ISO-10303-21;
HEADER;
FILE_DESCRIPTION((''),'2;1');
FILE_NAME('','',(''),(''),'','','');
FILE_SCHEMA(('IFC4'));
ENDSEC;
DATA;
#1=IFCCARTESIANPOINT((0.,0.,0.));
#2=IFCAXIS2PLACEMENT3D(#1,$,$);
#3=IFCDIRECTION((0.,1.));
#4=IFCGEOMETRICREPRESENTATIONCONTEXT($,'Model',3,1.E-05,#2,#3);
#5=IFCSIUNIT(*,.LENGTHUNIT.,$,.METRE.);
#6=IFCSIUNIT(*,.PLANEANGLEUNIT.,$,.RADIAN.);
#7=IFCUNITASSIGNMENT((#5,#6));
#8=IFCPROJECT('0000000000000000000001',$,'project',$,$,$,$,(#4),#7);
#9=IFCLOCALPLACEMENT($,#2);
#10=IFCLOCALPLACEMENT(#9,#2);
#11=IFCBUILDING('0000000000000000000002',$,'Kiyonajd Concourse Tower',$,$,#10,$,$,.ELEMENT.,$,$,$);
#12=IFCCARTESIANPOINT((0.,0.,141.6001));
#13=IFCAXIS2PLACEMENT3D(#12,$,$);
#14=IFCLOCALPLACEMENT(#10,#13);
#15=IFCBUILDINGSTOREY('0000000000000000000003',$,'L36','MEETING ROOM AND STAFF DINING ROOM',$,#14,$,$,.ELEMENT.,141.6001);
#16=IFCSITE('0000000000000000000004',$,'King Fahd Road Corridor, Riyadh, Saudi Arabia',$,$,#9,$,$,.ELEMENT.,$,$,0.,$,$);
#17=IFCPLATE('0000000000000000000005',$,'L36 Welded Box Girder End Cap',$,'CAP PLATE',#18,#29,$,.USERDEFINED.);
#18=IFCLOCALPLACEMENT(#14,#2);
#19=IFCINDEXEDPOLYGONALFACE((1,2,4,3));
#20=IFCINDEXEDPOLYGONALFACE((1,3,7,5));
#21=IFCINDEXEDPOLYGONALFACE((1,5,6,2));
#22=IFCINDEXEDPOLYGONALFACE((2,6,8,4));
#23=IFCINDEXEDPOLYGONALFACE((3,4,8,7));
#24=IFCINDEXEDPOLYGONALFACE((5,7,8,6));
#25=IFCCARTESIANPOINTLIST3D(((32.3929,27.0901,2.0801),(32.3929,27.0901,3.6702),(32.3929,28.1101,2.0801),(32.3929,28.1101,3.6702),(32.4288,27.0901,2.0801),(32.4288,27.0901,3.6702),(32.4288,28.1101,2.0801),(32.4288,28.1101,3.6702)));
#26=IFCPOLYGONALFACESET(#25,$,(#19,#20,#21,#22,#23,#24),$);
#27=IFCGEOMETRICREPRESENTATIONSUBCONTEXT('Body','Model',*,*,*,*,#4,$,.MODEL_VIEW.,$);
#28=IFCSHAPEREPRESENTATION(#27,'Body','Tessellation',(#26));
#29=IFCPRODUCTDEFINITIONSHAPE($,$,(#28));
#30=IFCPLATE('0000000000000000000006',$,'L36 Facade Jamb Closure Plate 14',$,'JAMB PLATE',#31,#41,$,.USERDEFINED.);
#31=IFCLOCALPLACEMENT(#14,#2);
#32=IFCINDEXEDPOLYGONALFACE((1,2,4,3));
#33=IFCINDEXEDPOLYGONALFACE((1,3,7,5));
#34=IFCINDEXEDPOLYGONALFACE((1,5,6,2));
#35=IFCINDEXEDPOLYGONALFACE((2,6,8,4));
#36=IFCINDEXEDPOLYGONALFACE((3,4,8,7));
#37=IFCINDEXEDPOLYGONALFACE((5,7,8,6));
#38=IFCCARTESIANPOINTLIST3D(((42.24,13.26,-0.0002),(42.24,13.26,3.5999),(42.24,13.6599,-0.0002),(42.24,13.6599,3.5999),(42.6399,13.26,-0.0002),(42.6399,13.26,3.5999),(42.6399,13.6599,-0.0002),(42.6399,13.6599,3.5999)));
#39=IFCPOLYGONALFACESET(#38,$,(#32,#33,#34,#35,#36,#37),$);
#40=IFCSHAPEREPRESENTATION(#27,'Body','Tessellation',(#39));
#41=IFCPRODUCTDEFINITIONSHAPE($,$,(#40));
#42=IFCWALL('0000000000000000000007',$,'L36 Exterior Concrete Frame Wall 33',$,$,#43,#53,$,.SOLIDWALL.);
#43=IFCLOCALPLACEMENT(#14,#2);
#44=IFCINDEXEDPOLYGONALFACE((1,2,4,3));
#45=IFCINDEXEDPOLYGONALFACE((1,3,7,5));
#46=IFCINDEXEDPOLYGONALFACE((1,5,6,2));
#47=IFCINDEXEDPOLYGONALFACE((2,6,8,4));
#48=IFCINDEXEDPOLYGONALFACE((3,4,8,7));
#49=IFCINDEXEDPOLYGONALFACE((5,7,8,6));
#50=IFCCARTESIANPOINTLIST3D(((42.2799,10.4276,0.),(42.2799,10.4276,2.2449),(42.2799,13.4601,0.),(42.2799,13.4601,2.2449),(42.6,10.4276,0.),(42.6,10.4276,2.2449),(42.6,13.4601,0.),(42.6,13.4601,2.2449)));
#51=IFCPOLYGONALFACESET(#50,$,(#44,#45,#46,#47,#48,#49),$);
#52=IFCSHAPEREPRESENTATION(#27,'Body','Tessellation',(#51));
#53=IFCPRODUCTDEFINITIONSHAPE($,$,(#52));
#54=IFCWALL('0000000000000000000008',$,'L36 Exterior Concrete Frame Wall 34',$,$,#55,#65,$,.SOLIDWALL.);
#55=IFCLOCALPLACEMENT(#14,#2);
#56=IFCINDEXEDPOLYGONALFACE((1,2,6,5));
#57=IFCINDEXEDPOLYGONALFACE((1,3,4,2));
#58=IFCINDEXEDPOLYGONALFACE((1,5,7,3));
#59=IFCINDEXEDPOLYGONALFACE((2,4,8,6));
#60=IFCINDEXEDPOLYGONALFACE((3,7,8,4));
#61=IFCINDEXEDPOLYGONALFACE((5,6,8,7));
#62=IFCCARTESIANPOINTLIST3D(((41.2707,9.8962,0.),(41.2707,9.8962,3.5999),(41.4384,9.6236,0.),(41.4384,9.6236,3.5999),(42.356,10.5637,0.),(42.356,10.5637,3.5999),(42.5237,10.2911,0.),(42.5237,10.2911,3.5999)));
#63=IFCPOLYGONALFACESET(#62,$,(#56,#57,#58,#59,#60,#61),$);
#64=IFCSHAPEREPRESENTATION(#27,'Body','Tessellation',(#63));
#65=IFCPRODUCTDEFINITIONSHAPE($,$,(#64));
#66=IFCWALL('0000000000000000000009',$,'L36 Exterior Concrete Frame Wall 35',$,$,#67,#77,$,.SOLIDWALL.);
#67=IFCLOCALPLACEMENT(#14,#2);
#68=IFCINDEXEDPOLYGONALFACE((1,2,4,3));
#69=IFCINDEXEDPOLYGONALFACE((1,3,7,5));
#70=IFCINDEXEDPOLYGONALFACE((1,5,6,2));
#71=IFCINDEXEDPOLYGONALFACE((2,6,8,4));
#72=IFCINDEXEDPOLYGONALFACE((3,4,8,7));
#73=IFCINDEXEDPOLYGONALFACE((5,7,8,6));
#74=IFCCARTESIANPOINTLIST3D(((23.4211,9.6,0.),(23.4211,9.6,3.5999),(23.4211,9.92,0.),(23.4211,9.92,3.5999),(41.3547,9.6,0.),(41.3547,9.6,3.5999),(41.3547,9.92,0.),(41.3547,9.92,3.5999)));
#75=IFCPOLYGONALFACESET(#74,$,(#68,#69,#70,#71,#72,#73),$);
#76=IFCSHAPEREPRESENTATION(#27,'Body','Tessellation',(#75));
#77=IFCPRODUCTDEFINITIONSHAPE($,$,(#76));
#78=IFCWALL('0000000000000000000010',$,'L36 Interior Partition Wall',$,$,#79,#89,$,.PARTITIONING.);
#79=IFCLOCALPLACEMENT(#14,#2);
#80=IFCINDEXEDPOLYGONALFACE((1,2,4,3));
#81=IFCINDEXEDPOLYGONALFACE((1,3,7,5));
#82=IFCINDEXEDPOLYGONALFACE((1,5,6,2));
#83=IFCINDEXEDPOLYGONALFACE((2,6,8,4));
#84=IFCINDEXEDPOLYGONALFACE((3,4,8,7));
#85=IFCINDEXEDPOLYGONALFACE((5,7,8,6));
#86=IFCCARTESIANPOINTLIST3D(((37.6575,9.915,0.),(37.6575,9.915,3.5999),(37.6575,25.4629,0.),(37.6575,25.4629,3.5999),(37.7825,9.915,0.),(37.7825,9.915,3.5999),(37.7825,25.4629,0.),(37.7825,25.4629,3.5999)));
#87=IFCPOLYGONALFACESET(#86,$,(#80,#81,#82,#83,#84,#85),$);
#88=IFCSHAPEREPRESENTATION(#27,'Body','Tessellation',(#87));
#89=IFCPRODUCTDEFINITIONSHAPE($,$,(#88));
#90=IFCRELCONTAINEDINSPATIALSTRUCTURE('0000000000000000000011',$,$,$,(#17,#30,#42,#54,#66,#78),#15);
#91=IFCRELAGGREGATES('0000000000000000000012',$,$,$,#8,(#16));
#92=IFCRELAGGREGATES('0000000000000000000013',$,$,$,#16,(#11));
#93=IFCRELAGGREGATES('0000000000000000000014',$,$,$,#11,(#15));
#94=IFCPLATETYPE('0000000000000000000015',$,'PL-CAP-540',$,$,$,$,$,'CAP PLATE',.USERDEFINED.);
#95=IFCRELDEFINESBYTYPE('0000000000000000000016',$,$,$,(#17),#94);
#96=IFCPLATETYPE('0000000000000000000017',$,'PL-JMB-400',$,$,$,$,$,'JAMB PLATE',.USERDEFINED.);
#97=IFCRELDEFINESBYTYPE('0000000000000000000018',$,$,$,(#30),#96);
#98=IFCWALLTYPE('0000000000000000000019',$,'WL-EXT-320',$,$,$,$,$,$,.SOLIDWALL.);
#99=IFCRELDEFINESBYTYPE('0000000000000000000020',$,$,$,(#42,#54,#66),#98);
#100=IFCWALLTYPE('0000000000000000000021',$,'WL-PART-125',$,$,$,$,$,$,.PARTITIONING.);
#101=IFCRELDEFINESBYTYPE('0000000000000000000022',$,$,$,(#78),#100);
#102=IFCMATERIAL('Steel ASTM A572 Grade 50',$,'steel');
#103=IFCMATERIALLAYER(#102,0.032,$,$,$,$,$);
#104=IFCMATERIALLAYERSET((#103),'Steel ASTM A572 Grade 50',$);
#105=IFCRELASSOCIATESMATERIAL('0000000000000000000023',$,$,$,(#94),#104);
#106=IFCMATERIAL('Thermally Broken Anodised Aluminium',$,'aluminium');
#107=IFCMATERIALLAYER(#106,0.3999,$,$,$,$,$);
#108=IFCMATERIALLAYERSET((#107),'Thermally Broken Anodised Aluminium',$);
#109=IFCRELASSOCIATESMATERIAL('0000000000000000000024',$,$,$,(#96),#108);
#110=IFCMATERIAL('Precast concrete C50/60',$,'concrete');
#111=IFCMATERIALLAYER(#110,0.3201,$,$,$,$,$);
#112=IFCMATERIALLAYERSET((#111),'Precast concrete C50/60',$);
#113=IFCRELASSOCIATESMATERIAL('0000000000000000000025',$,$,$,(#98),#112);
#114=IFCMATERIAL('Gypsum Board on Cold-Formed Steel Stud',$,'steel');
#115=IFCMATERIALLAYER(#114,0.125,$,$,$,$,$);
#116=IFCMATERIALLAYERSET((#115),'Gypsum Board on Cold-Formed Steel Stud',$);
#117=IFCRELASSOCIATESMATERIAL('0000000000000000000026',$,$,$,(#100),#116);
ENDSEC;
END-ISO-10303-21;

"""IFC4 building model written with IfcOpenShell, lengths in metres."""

from ifc_helpers import new_model, si_unit, direction, frame, frame_2d, origin, origin_2d, place, context, subcontext, project, spatial, rectangle, extrude, material, layer, layer_set, type_object, element, save


model = new_model("IFC4")

# Units and contexts
model_context = context("Model", 3, precision=1e-05, world=origin(), true_north=direction((0.0, 1.0)))
body_context = subcontext(model_context, "Body", "Model", "MODEL_VIEW")
ifc_project = project(units=[si_unit("LENGTHUNIT", "METRE"), si_unit("PLANEANGLEUNIT", "RADIAN")], contexts=[model_context])

# Site, building, storey
site_placement = place(None, origin())
site = spatial("IfcSite", under=ifc_project, at=site_placement, Name="King Fahd Road Corridor, Riyadh, Saudi Arabia", CompositionType="ELEMENT", RefElevation=0.0)
building_placement = place(site_placement, origin())
building = spatial("IfcBuilding", under=site, at=building_placement, Name="Kiyonajd Concourse Tower", CompositionType="ELEMENT")
storey_placement = place(building_placement, frame((0.0, 0.0, 141.6001)))
storey = spatial("IfcBuildingStorey", under=building, at=storey_placement, Name="L36", Description="MEETING ROOM AND STAFF DINING ROOM", CompositionType="ELEMENT", Elevation=141.6001)

# Shared definitions
ifc_material_1 = material(Name="Steel ASTM A572 Grade 50", Category="steel")

# Plates
ifc_layer_1 = layer(ifc_material_1, 0.032)
ifc_layer_set_1 = layer_set([ifc_layer_1], Name="Steel ASTM A572 Grade 50")
plate_type_1 = type_object("IfcPlateType", Name="PL-CAP-540", ElementType="CAP PLATE", PredefinedType="USERDEFINED", material=ifc_layer_set_1)
for number, where, z_axis, x_axis, name in (
    (1, (32.4109, 27.6001, 2.0801), (0.0, 0.0, 1.0), (1.0, 0.0, 0.0), "L36 Welded Box Girder End Cap"),
):
    element("IfcPlate", number, at=place(storey_placement, frame(where, z_axis=z_axis, x_axis=x_axis)), inside=storey, type_object=plate_type_1, Name=name, ObjectType="CAP PLATE", PredefinedType="USERDEFINED", context=body_context, shape_type="SweptSolid", body=[
        extrude(rectangle(XDim=0.0359, YDim=1.02, at=origin_2d()), origin(), (0.0, 0.0, 1.0), 1.5901),
    ])
ifc_material_2 = material(Name="Thermally Broken Anodised Aluminium", Category="aluminium")
ifc_layer_2 = layer(ifc_material_2, 0.3999)
ifc_layer_set_2 = layer_set([ifc_layer_2], Name="Thermally Broken Anodised Aluminium")
plate_type_2 = type_object("IfcPlateType", Name="PL-JMB-400", ElementType="JAMB PLATE", PredefinedType="USERDEFINED", material=ifc_layer_set_2)
plate_placement = place(storey_placement, frame((42.4399, 13.46, -0.0002), z_axis=(0.0, 0.0, 1.0), x_axis=(1.0, 0.0, 0.0)))
element("IfcPlate", 2, at=plate_placement, inside=storey, type_object=plate_type_2, Name="L36 Facade Jamb Closure Plate 14", ObjectType="JAMB PLATE", PredefinedType="USERDEFINED", context=body_context, shape_type="SweptSolid", body=[
    extrude(rectangle(XDim=0.3999, YDim=0.3999, at=origin_2d()), origin(), (0.0, 0.0, 1.0), 3.6001),
])

# Walls
ifc_material_3 = material(Name="Precast concrete C50/60", Category="concrete")
ifc_layer_3 = layer(ifc_material_3, 0.3201)
ifc_layer_set_3 = layer_set([ifc_layer_3], Name="Precast concrete C50/60")
wall_type_1 = type_object("IfcWallType", Name="WL-EXT-320", PredefinedType="SOLIDWALL", material=ifc_layer_set_3)
wall_1_placement = place(storey_placement, frame((42.4399, 13.46, 0.0), z_axis=(0.0, 0.0, 1.0), x_axis=(0.0, -1.0, 0.0)))
element("IfcWall", 3, at=wall_1_placement, inside=storey, type_object=wall_type_1, Name="L36 Exterior Concrete Frame Wall 33", PredefinedType="SOLIDWALL", context=body_context, shape_type="SweptSolid", body=[
    extrude(rectangle(XDim=3.0325, YDim=0.3201, at=frame_2d((1.5161, 0.0))), origin(), (0.0, 0.0, 1.0), 2.2449),
])
wall_2_placement = place(storey_placement, frame((42.4399, 10.4275, 0.0), z_axis=(0.0, 0.0, 1.0), x_axis=(-0.851777, -0.523905, 0.0)))
element("IfcWall", 4, at=wall_2_placement, inside=storey, type_object=wall_type_1, Name="L36 Exterior Concrete Frame Wall 34", PredefinedType="SOLIDWALL", context=body_context, shape_type="SweptSolid", body=[
    extrude(rectangle(XDim=1.2742, YDim=0.3201, at=frame_2d((0.6372, 0.0))), origin(), (0.0, 0.0, 1.0), 3.5999),
])
wall_3_placement = place(storey_placement, frame((41.3547, 9.76, 0.0), z_axis=(0.0, 0.0, 1.0), x_axis=(-1.0, 0.0, 0.0)))
element("IfcWall", 5, at=wall_3_placement, inside=storey, type_object=wall_type_1, Name="L36 Exterior Concrete Frame Wall 35", PredefinedType="SOLIDWALL", context=body_context, shape_type="SweptSolid", body=[
    extrude(rectangle(XDim=17.9336, YDim=0.3201, at=frame_2d((8.9668, 0.0))), origin(), (0.0, 0.0, 1.0), 3.5999),
])
ifc_material_4 = material(Name="Gypsum Board on Cold-Formed Steel Stud", Category="steel")
ifc_layer_4 = layer(ifc_material_4, 0.125)
ifc_layer_set_4 = layer_set([ifc_layer_4], Name="Gypsum Board on Cold-Formed Steel Stud")
wall_type_2 = type_object("IfcWallType", Name="WL-PART-125", PredefinedType="PARTITIONING", material=ifc_layer_set_4)
wall_4_placement = place(storey_placement, frame((37.72, 9.915, 0.0), z_axis=(0.0, 0.0, 1.0), x_axis=(0.0, 1.0, 0.0)))
element("IfcWall", 6, at=wall_4_placement, inside=storey, type_object=wall_type_2, Name="L36 Interior Partition Wall", PredefinedType="PARTITIONING", context=body_context, shape_type="SweptSolid", body=[
    extrude(rectangle(XDim=15.5479, YDim=0.125, at=frame_2d((7.7739, 0.0))), origin(), (0.0, 0.0, 1.0), 3.5999),
])

save(model, "model.ifc")
